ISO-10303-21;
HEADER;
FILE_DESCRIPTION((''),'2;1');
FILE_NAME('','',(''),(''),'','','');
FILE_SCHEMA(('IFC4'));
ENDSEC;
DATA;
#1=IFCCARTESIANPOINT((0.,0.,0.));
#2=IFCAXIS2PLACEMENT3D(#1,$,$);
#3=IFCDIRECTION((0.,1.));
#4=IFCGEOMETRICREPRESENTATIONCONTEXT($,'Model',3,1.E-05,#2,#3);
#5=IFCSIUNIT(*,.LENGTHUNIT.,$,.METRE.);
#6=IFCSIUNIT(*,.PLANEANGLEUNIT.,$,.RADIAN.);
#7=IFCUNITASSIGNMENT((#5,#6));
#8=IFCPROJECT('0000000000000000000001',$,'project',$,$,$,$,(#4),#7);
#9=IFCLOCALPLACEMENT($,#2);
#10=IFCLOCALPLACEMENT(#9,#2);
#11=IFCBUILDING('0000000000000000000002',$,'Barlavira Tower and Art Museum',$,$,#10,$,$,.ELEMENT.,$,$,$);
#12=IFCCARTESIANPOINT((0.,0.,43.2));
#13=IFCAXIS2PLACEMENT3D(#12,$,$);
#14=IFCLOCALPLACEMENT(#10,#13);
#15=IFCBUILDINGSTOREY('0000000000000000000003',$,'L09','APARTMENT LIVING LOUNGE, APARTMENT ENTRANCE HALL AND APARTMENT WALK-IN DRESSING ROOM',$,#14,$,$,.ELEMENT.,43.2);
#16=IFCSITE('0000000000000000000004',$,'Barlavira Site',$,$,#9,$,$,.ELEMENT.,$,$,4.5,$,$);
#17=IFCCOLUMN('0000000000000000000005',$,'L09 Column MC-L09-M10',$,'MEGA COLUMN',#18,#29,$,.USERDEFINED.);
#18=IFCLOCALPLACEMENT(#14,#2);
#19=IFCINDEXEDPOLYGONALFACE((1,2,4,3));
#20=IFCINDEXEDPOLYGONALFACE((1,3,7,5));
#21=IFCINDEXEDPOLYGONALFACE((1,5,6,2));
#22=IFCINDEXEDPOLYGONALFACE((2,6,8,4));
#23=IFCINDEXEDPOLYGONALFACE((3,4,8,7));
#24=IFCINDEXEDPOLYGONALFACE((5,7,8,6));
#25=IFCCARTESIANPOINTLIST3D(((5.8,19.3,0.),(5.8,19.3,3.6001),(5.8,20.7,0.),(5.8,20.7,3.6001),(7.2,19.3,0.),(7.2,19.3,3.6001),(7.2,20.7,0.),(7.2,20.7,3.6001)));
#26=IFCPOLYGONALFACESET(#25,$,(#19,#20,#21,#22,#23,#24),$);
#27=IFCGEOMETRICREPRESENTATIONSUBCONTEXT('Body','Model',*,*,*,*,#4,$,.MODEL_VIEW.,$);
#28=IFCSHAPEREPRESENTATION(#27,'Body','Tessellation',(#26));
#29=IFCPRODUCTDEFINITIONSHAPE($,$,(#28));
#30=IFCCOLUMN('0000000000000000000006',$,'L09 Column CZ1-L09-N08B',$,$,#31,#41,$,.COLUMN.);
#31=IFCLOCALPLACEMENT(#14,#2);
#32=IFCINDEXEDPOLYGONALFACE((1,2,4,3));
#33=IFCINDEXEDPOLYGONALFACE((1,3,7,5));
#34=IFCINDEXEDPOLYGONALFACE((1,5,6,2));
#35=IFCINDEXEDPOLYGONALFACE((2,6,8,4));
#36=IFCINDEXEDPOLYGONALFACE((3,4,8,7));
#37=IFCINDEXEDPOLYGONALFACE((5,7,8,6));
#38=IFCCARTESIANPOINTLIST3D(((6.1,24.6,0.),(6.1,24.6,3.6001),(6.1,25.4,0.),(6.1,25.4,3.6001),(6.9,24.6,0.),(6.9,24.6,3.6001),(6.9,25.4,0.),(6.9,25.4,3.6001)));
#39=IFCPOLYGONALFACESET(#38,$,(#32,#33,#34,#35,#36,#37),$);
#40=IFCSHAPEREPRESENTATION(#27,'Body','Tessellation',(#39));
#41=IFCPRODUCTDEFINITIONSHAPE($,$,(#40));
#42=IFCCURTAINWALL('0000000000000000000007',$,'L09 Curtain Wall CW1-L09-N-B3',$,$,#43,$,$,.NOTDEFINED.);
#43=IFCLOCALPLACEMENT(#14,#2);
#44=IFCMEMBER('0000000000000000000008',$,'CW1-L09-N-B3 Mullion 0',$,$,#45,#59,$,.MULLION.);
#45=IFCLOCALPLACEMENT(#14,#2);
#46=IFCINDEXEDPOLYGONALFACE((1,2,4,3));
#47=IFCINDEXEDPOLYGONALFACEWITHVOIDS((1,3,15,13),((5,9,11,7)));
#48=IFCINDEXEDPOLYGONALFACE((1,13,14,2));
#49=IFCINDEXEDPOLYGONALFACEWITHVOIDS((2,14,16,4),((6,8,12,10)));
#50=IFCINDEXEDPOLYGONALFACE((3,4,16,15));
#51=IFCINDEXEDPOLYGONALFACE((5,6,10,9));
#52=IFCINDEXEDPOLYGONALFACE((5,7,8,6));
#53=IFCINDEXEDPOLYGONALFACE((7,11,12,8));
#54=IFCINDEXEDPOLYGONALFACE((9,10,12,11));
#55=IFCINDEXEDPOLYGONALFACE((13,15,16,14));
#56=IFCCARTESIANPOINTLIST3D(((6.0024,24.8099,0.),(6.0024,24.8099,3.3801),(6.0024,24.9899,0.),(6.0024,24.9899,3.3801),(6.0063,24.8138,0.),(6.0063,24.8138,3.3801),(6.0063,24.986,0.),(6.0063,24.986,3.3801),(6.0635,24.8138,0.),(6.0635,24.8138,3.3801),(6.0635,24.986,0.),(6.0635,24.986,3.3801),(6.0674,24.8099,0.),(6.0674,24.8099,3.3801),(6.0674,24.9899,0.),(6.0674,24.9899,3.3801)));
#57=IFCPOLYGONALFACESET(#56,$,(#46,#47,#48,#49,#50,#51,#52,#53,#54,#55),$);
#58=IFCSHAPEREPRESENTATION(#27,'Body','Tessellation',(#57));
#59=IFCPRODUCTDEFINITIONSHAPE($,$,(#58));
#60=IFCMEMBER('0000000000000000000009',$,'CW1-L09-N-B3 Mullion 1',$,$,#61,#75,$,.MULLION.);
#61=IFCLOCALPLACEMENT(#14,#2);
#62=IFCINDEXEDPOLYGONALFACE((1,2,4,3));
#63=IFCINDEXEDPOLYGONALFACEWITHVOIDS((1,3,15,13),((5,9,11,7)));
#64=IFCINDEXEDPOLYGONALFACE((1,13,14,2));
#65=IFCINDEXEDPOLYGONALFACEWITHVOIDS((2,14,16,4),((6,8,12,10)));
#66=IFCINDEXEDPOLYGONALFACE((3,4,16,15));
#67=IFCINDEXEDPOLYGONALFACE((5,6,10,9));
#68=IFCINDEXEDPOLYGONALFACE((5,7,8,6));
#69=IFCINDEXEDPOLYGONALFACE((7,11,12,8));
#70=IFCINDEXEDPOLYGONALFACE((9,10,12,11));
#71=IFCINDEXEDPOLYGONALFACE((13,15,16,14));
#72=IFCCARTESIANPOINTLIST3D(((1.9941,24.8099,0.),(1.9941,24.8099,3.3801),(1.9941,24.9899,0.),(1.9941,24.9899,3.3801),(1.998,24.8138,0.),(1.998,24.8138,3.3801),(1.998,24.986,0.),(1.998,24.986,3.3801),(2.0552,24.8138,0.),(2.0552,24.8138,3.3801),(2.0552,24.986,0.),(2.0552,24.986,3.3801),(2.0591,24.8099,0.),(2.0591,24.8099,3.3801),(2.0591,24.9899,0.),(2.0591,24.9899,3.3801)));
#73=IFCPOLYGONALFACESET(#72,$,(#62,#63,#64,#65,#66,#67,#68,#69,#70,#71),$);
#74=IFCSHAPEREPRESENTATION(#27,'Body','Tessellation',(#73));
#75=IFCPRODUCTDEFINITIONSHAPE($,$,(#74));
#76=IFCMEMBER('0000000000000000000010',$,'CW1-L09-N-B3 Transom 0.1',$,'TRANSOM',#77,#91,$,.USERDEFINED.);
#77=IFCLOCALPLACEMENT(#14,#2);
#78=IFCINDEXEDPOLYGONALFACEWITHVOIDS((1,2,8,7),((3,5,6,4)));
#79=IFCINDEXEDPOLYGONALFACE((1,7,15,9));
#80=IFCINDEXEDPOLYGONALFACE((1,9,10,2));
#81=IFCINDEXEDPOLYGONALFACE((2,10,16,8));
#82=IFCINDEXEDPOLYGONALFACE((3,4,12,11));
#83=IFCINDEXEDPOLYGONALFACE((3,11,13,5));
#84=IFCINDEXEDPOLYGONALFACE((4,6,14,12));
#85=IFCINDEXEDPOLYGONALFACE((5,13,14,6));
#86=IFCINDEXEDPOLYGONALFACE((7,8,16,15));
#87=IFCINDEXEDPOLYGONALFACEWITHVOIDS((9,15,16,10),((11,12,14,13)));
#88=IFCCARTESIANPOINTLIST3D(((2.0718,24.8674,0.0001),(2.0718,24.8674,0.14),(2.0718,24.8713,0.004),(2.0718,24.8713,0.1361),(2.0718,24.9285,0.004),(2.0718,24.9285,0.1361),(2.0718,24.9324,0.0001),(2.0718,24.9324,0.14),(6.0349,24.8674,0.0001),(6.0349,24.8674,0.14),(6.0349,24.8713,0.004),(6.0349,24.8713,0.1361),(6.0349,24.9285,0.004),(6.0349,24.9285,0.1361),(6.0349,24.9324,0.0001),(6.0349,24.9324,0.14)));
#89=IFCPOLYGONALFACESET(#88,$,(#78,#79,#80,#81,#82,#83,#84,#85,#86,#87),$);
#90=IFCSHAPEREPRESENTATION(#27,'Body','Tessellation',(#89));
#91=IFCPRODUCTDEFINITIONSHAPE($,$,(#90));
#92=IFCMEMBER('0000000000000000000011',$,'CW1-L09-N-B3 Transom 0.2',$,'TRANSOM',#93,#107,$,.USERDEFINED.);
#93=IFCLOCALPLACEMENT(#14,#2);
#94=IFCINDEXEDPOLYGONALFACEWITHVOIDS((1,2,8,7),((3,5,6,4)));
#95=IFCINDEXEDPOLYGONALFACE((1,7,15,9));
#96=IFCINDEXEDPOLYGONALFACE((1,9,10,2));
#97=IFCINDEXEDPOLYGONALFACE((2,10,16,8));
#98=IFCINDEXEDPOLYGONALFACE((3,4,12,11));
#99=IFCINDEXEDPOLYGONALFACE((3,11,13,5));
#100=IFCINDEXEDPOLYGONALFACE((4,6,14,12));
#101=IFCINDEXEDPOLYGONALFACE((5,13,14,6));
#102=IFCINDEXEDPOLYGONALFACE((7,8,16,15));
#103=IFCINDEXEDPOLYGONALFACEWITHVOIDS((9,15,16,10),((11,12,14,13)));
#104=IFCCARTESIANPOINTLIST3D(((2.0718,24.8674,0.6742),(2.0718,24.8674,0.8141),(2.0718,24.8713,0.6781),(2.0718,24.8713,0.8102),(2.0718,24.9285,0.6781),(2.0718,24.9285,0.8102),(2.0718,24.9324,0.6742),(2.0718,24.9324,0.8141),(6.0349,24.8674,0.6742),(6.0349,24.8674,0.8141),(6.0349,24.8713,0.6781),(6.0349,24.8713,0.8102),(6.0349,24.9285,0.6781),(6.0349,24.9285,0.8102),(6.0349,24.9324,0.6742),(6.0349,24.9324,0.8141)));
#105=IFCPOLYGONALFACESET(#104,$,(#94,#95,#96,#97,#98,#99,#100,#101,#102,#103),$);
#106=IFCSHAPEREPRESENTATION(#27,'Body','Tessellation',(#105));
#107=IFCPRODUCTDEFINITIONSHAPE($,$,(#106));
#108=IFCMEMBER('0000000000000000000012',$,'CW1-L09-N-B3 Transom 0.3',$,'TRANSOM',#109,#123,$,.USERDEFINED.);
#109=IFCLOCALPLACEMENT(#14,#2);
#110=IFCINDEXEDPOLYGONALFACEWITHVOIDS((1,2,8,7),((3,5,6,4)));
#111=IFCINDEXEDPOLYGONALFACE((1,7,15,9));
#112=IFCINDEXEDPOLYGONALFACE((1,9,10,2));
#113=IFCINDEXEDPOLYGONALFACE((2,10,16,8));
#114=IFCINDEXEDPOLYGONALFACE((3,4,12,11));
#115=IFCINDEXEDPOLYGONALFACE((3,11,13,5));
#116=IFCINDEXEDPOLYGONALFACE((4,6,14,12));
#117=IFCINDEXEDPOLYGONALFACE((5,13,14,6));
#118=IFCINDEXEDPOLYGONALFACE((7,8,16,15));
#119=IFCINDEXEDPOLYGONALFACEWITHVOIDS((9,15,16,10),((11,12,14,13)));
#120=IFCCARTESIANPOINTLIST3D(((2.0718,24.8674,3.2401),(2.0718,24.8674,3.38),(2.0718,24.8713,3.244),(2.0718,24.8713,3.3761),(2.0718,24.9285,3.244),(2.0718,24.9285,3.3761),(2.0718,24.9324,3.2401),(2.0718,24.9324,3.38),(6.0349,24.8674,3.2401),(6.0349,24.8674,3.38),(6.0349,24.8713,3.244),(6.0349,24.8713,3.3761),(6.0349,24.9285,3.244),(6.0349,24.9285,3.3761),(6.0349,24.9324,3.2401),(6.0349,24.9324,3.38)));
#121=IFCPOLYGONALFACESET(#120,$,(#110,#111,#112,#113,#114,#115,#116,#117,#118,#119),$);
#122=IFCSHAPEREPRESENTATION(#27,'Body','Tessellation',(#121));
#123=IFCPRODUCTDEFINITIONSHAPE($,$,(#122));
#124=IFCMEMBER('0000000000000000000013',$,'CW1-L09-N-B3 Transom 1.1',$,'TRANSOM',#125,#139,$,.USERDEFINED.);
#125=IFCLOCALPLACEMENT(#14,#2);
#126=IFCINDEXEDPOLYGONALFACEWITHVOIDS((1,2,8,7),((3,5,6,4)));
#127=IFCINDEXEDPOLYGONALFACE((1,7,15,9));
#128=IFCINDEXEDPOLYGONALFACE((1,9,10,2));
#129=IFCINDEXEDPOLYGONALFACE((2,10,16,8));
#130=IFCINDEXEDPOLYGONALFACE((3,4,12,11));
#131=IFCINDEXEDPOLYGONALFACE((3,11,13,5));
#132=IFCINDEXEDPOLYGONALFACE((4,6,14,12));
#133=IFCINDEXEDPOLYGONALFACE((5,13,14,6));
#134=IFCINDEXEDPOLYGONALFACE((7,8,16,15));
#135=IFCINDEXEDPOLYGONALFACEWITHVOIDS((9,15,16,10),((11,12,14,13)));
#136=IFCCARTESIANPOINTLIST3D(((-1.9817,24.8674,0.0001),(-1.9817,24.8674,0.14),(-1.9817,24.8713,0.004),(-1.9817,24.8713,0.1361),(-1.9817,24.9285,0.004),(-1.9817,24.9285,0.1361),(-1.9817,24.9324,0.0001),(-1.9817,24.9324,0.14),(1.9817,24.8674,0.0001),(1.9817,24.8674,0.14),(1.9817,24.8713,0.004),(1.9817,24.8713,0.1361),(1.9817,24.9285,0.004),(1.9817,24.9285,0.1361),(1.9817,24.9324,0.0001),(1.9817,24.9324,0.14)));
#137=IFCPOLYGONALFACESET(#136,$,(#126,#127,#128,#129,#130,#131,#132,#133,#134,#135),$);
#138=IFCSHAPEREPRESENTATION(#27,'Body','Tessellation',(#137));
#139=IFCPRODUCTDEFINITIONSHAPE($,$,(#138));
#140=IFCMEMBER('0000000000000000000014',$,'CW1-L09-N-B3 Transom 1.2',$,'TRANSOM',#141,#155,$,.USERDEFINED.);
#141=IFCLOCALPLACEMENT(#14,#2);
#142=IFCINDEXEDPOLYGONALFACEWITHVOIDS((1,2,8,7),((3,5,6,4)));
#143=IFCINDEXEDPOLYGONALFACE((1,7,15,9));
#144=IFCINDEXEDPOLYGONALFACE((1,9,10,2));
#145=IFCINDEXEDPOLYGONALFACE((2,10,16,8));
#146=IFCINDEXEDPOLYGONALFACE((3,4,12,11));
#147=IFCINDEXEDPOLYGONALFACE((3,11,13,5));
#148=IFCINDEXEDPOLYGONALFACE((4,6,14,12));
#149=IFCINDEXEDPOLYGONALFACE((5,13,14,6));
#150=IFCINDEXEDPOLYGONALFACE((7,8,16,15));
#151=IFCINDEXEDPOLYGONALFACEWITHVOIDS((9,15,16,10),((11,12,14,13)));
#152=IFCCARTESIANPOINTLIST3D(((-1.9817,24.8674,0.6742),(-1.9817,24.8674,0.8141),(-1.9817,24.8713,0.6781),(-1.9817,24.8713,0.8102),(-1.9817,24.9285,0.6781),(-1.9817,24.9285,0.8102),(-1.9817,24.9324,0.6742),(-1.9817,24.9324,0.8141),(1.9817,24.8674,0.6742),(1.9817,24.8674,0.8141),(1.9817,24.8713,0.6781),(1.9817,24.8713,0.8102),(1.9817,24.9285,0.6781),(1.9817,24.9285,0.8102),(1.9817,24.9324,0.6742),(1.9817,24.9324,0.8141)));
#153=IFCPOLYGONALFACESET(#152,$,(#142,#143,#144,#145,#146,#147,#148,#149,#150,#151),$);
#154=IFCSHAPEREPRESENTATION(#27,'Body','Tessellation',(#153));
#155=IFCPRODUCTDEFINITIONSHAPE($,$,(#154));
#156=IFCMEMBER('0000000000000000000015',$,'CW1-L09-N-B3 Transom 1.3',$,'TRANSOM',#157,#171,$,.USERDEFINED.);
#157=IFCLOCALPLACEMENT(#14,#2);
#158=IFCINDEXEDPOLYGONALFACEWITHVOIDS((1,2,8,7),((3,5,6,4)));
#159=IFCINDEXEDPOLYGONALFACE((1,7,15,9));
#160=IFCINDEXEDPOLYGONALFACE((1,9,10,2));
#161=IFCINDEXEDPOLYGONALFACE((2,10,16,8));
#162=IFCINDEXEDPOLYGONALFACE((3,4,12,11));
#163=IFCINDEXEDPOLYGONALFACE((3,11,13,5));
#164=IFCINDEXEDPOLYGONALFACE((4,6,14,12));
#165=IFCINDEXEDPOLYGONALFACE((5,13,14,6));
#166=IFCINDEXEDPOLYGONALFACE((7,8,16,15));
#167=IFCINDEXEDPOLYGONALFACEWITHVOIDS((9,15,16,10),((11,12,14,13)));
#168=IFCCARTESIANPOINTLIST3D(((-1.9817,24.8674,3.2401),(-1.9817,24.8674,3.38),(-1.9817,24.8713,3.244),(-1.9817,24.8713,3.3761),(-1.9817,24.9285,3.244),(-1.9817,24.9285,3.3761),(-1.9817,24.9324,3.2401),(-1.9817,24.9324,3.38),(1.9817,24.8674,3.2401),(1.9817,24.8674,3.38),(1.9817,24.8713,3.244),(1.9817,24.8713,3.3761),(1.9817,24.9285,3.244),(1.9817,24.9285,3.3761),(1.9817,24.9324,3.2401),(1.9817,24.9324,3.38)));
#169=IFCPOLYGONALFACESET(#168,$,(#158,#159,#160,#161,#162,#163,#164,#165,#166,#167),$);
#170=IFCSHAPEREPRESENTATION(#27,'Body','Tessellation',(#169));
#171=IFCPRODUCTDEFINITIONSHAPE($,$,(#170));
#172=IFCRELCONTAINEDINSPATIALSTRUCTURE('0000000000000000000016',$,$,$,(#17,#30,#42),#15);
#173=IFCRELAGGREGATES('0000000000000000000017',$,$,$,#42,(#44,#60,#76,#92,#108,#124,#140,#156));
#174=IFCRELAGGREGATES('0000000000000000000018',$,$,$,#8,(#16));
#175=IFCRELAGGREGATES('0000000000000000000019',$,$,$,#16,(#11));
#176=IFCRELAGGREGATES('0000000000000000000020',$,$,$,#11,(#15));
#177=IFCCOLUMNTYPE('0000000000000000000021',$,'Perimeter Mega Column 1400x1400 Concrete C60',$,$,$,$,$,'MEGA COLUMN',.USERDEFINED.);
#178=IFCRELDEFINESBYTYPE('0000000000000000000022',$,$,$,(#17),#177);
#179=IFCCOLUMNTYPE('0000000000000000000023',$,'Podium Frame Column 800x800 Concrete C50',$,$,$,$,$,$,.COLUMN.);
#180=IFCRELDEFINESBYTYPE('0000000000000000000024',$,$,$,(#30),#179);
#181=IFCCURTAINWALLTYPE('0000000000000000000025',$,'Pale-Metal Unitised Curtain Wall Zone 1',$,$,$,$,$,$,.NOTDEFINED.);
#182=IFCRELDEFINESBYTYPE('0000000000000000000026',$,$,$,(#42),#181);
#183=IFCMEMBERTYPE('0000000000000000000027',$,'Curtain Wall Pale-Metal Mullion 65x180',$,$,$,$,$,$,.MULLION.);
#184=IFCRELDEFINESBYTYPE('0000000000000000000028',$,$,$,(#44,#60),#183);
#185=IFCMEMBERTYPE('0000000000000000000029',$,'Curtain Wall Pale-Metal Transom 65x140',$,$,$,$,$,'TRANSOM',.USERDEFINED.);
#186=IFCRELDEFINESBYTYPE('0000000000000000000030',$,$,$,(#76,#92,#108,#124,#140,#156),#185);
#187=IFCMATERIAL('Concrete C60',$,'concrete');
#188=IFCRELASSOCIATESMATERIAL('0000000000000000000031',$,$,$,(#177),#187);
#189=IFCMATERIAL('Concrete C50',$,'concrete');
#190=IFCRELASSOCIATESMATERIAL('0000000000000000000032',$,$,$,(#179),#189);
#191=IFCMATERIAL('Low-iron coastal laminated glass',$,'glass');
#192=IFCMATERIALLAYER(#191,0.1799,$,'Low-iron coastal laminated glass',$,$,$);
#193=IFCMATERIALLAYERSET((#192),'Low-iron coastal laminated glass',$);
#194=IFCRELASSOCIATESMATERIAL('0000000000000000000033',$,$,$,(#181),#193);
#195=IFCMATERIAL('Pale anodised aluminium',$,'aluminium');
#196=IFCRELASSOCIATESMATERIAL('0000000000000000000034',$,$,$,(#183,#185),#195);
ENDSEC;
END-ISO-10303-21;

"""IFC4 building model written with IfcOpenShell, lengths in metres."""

from ifc_helpers import new_model, si_unit, direction, frame, origin, origin_2d, place, context, subcontext, project, spatial, rectangle, hollow_rectangle, extrude, material, layer, layer_set, material_profile, profile_set, type_object, element, aggregate, save


model = new_model("IFC4")

# Units and contexts
model_context = context("Model", 3, precision=1e-05, world=origin(), true_north=direction((0.0, 1.0)))
body_context = subcontext(model_context, "Body", "Model", "MODEL_VIEW")
ifc_project = project(units=[si_unit("LENGTHUNIT", "METRE"), si_unit("PLANEANGLEUNIT", "RADIAN")], contexts=[model_context])

# Site, building, storey
site_placement = place(None, origin())
site = spatial("IfcSite", under=ifc_project, at=site_placement, Name="Barlavira Site", CompositionType="ELEMENT", RefElevation=4.5)
building_placement = place(site_placement, origin())
building = spatial("IfcBuilding", under=site, at=building_placement, Name="Barlavira Tower and Art Museum", CompositionType="ELEMENT")
storey_placement = place(building_placement, frame((0.0, 0.0, 43.2)))
storey = spatial("IfcBuildingStorey", under=building, at=storey_placement, Name="L09", Description="APARTMENT LIVING LOUNGE, APARTMENT ENTRANCE HALL AND APARTMENT WALK-IN DRESSING ROOM", CompositionType="ELEMENT", Elevation=43.2)

# Columns
ifc_material_1 = material(Name="Concrete C60", Category="concrete")
ifc_material_profile_1 = material_profile(ifc_material_1, rectangle(XDim=1.3999, YDim=1.3999, at=origin_2d()), Name="RC-MCOL 1400x1400")
ifc_profile_set_1 = profile_set([ifc_material_profile_1], Name="Concrete C60")
column_type_1 = type_object("IfcColumnType", Name="Perimeter Mega Column 1400x1400 Concrete C60", ElementType="MEGA COLUMN", PredefinedType="USERDEFINED", material=ifc_profile_set_1)
column_1_placement = place(storey_placement, frame((6.5, 20.0, 0.0), z_axis=(0.0, 0.0, 1.0), x_axis=(1.0, 0.0, 0.0)))
element("IfcColumn", 1, at=column_1_placement, inside=storey, type_object=column_type_1, Name="L09 Column MC-L09-M10", ObjectType="MEGA COLUMN", PredefinedType="USERDEFINED", context=body_context, shape_type="SweptSolid", body=[
    extrude(rectangle(XDim=1.3999, YDim=1.3999, at=origin_2d()), origin(), (0.0, 0.0, 1.0), 3.6001),
])
ifc_material_2 = material(Name="Concrete C50", Category="concrete")
ifc_material_profile_2 = material_profile(ifc_material_2, rectangle(XDim=0.8, YDim=0.8, at=origin_2d()), Name="RC-COL 800x800")
ifc_profile_set_2 = profile_set([ifc_material_profile_2], Name="Concrete C50")
column_type_2 = type_object("IfcColumnType", Name="Podium Frame Column 800x800 Concrete C50", PredefinedType="COLUMN", material=ifc_profile_set_2)
column_2_placement = place(storey_placement, frame((6.5, 25.0, 0.0), z_axis=(0.0, 0.0, 1.0), x_axis=(1.0, 0.0, 0.0)))
element("IfcColumn", 2, at=column_2_placement, inside=storey, type_object=column_type_2, Name="L09 Column CZ1-L09-N08B", PredefinedType="COLUMN", context=body_context, shape_type="SweptSolid", body=[
    extrude(rectangle(XDim=0.8, YDim=0.8, at=origin_2d()), origin(), (0.0, 0.0, 1.0), 3.6001),
])

# Curtain wall, members
ifc_material_3 = material(Name="Low-iron coastal laminated glass", Category="glass")
ifc_layer_1 = layer(ifc_material_3, 0.1799, Name="Low-iron coastal laminated glass")
ifc_layer_set_1 = layer_set([ifc_layer_1], Name="Low-iron coastal laminated glass")
curtain_wall_type = type_object("IfcCurtainWallType", Name="Pale-Metal Unitised Curtain Wall Zone 1", PredefinedType="NOTDEFINED", material=ifc_layer_set_1)
curtain_wall_placement = place(storey_placement, origin())
curtain_wall = element("IfcCurtainWall", 3, at=curtain_wall_placement, inside=storey, type_object=curtain_wall_type, Name="L09 Curtain Wall CW1-L09-N-B3", PredefinedType="NOTDEFINED")
ifc_material_4 = material(Name="Pale anodised aluminium", Category="aluminium")
ifc_material_profile_3 = material_profile(ifc_material_4, hollow_rectangle(XDim=0.0649, YDim=0.1799, WallThickness=0.0039, at=origin_2d()), Name="ALU-MULL 65x180x4")
ifc_profile_set_3 = profile_set([ifc_material_profile_3], Name="Pale anodised aluminium")
member_type_1 = type_object("IfcMemberType", Name="Curtain Wall Pale-Metal Mullion 65x180", PredefinedType="MULLION", material=ifc_profile_set_3)
member_1_placement = place(storey_placement, frame((6.0349, 24.8999, 0.0), z_axis=(0.0, 0.0, 1.0), x_axis=(-1.0, 0.0, 0.0)))
member_1 = element("IfcMember", 4, at=member_1_placement, type_object=member_type_1, Name="CW1-L09-N-B3 Mullion 0", PredefinedType="MULLION", context=body_context, shape_type="SweptSolid", body=[
    extrude(hollow_rectangle(XDim=0.0649, YDim=0.1799, WallThickness=0.0039, at=origin_2d()), origin(), (0.0, 0.0, 1.0), 3.3801),
])
member_2_placement = place(storey_placement, frame((2.0266, 24.8999, 0.0), z_axis=(0.0, 0.0, 1.0), x_axis=(-1.0, 0.0, 0.0)))
member_2 = element("IfcMember", 5, at=member_2_placement, type_object=member_type_1, Name="CW1-L09-N-B3 Mullion 1", PredefinedType="MULLION", context=body_context, shape_type="SweptSolid", body=[
    extrude(hollow_rectangle(XDim=0.0649, YDim=0.1799, WallThickness=0.0039, at=origin_2d()), origin(), (0.0, 0.0, 1.0), 3.3801),
])
ifc_material_profile_4 = material_profile(ifc_material_4, hollow_rectangle(XDim=0.0649, YDim=0.1399, WallThickness=0.0039, at=origin_2d()), Name="ALU-TRAN 65x140x4")
ifc_profile_set_4 = profile_set([ifc_material_profile_4], Name="Pale anodised aluminium")
member_type_2 = type_object("IfcMemberType", Name="Curtain Wall Pale-Metal Transom 65x140", ElementType="TRANSOM", PredefinedType="USERDEFINED", material=ifc_profile_set_4)
member_3_placement = place(storey_placement, frame((6.0349, 24.8999, 0.0701), z_axis=(-1.0, 0.0, 0.0), x_axis=(0.0, -1.0, 0.0)))
member_3 = element("IfcMember", 6, at=member_3_placement, type_object=member_type_2, Name="CW1-L09-N-B3 Transom 0.1", ObjectType="TRANSOM", PredefinedType="USERDEFINED", context=body_context, shape_type="SweptSolid", body=[
    extrude(hollow_rectangle(XDim=0.0649, YDim=0.1399, WallThickness=0.0039, at=origin_2d()), origin(), (0.0, 0.0, 1.0), 3.9631),
])
member_4_placement = place(storey_placement, frame((6.0349, 24.8999, 0.7441), z_axis=(-1.0, 0.0, 0.0), x_axis=(0.0, -1.0, 0.0)))
member_4 = element("IfcMember", 7, at=member_4_placement, type_object=member_type_2, Name="CW1-L09-N-B3 Transom 0.2", ObjectType="TRANSOM", PredefinedType="USERDEFINED", context=body_context, shape_type="SweptSolid", body=[
    extrude(hollow_rectangle(XDim=0.0649, YDim=0.1399, WallThickness=0.0039, at=origin_2d()), origin(), (0.0, 0.0, 1.0), 3.9631),
])
member_5_placement = place(storey_placement, frame((6.0349, 24.8999, 3.3101), z_axis=(-1.0, 0.0, 0.0), x_axis=(0.0, -1.0, 0.0)))
member_5 = element("IfcMember", 8, at=member_5_placement, type_object=member_type_2, Name="CW1-L09-N-B3 Transom 0.3", ObjectType="TRANSOM", PredefinedType="USERDEFINED", context=body_context, shape_type="SweptSolid", body=[
    extrude(hollow_rectangle(XDim=0.0649, YDim=0.1399, WallThickness=0.0039, at=origin_2d()), origin(), (0.0, 0.0, 1.0), 3.9631),
])
member_6_placement = place(storey_placement, frame((1.9817, 24.8999, 0.0701), z_axis=(-1.0, 0.0, 0.0), x_axis=(0.0, -1.0, 0.0)))
member_6 = element("IfcMember", 9, at=member_6_placement, type_object=member_type_2, Name="CW1-L09-N-B3 Transom 1.1", ObjectType="TRANSOM", PredefinedType="USERDEFINED", context=body_context, shape_type="SweptSolid", body=[
    extrude(hollow_rectangle(XDim=0.0649, YDim=0.1399, WallThickness=0.0039, at=origin_2d()), origin(), (0.0, 0.0, 1.0), 3.9634),
])
member_7_placement = place(storey_placement, frame((1.9817, 24.8999, 0.7441), z_axis=(-1.0, 0.0, 0.0), x_axis=(0.0, -1.0, 0.0)))
member_7 = element("IfcMember", 10, at=member_7_placement, type_object=member_type_2, Name="CW1-L09-N-B3 Transom 1.2", ObjectType="TRANSOM", PredefinedType="USERDEFINED", context=body_context, shape_type="SweptSolid", body=[
    extrude(hollow_rectangle(XDim=0.0649, YDim=0.1399, WallThickness=0.0039, at=origin_2d()), origin(), (0.0, 0.0, 1.0), 3.9634),
])
member_8_placement = place(storey_placement, frame((1.9817, 24.8999, 3.3101), z_axis=(-1.0, 0.0, 0.0), x_axis=(0.0, -1.0, 0.0)))
member_8 = element("IfcMember", 11, at=member_8_placement, type_object=member_type_2, Name="CW1-L09-N-B3 Transom 1.3", ObjectType="TRANSOM", PredefinedType="USERDEFINED", context=body_context, shape_type="SweptSolid", body=[
    extrude(hollow_rectangle(XDim=0.0649, YDim=0.1399, WallThickness=0.0039, at=origin_2d()), origin(), (0.0, 0.0, 1.0), 3.9634),
])

aggregate(curtain_wall, [member_1, member_2, member_3, member_4, member_5, member_6, member_7, member_8])

save(model, "model.ifc")
